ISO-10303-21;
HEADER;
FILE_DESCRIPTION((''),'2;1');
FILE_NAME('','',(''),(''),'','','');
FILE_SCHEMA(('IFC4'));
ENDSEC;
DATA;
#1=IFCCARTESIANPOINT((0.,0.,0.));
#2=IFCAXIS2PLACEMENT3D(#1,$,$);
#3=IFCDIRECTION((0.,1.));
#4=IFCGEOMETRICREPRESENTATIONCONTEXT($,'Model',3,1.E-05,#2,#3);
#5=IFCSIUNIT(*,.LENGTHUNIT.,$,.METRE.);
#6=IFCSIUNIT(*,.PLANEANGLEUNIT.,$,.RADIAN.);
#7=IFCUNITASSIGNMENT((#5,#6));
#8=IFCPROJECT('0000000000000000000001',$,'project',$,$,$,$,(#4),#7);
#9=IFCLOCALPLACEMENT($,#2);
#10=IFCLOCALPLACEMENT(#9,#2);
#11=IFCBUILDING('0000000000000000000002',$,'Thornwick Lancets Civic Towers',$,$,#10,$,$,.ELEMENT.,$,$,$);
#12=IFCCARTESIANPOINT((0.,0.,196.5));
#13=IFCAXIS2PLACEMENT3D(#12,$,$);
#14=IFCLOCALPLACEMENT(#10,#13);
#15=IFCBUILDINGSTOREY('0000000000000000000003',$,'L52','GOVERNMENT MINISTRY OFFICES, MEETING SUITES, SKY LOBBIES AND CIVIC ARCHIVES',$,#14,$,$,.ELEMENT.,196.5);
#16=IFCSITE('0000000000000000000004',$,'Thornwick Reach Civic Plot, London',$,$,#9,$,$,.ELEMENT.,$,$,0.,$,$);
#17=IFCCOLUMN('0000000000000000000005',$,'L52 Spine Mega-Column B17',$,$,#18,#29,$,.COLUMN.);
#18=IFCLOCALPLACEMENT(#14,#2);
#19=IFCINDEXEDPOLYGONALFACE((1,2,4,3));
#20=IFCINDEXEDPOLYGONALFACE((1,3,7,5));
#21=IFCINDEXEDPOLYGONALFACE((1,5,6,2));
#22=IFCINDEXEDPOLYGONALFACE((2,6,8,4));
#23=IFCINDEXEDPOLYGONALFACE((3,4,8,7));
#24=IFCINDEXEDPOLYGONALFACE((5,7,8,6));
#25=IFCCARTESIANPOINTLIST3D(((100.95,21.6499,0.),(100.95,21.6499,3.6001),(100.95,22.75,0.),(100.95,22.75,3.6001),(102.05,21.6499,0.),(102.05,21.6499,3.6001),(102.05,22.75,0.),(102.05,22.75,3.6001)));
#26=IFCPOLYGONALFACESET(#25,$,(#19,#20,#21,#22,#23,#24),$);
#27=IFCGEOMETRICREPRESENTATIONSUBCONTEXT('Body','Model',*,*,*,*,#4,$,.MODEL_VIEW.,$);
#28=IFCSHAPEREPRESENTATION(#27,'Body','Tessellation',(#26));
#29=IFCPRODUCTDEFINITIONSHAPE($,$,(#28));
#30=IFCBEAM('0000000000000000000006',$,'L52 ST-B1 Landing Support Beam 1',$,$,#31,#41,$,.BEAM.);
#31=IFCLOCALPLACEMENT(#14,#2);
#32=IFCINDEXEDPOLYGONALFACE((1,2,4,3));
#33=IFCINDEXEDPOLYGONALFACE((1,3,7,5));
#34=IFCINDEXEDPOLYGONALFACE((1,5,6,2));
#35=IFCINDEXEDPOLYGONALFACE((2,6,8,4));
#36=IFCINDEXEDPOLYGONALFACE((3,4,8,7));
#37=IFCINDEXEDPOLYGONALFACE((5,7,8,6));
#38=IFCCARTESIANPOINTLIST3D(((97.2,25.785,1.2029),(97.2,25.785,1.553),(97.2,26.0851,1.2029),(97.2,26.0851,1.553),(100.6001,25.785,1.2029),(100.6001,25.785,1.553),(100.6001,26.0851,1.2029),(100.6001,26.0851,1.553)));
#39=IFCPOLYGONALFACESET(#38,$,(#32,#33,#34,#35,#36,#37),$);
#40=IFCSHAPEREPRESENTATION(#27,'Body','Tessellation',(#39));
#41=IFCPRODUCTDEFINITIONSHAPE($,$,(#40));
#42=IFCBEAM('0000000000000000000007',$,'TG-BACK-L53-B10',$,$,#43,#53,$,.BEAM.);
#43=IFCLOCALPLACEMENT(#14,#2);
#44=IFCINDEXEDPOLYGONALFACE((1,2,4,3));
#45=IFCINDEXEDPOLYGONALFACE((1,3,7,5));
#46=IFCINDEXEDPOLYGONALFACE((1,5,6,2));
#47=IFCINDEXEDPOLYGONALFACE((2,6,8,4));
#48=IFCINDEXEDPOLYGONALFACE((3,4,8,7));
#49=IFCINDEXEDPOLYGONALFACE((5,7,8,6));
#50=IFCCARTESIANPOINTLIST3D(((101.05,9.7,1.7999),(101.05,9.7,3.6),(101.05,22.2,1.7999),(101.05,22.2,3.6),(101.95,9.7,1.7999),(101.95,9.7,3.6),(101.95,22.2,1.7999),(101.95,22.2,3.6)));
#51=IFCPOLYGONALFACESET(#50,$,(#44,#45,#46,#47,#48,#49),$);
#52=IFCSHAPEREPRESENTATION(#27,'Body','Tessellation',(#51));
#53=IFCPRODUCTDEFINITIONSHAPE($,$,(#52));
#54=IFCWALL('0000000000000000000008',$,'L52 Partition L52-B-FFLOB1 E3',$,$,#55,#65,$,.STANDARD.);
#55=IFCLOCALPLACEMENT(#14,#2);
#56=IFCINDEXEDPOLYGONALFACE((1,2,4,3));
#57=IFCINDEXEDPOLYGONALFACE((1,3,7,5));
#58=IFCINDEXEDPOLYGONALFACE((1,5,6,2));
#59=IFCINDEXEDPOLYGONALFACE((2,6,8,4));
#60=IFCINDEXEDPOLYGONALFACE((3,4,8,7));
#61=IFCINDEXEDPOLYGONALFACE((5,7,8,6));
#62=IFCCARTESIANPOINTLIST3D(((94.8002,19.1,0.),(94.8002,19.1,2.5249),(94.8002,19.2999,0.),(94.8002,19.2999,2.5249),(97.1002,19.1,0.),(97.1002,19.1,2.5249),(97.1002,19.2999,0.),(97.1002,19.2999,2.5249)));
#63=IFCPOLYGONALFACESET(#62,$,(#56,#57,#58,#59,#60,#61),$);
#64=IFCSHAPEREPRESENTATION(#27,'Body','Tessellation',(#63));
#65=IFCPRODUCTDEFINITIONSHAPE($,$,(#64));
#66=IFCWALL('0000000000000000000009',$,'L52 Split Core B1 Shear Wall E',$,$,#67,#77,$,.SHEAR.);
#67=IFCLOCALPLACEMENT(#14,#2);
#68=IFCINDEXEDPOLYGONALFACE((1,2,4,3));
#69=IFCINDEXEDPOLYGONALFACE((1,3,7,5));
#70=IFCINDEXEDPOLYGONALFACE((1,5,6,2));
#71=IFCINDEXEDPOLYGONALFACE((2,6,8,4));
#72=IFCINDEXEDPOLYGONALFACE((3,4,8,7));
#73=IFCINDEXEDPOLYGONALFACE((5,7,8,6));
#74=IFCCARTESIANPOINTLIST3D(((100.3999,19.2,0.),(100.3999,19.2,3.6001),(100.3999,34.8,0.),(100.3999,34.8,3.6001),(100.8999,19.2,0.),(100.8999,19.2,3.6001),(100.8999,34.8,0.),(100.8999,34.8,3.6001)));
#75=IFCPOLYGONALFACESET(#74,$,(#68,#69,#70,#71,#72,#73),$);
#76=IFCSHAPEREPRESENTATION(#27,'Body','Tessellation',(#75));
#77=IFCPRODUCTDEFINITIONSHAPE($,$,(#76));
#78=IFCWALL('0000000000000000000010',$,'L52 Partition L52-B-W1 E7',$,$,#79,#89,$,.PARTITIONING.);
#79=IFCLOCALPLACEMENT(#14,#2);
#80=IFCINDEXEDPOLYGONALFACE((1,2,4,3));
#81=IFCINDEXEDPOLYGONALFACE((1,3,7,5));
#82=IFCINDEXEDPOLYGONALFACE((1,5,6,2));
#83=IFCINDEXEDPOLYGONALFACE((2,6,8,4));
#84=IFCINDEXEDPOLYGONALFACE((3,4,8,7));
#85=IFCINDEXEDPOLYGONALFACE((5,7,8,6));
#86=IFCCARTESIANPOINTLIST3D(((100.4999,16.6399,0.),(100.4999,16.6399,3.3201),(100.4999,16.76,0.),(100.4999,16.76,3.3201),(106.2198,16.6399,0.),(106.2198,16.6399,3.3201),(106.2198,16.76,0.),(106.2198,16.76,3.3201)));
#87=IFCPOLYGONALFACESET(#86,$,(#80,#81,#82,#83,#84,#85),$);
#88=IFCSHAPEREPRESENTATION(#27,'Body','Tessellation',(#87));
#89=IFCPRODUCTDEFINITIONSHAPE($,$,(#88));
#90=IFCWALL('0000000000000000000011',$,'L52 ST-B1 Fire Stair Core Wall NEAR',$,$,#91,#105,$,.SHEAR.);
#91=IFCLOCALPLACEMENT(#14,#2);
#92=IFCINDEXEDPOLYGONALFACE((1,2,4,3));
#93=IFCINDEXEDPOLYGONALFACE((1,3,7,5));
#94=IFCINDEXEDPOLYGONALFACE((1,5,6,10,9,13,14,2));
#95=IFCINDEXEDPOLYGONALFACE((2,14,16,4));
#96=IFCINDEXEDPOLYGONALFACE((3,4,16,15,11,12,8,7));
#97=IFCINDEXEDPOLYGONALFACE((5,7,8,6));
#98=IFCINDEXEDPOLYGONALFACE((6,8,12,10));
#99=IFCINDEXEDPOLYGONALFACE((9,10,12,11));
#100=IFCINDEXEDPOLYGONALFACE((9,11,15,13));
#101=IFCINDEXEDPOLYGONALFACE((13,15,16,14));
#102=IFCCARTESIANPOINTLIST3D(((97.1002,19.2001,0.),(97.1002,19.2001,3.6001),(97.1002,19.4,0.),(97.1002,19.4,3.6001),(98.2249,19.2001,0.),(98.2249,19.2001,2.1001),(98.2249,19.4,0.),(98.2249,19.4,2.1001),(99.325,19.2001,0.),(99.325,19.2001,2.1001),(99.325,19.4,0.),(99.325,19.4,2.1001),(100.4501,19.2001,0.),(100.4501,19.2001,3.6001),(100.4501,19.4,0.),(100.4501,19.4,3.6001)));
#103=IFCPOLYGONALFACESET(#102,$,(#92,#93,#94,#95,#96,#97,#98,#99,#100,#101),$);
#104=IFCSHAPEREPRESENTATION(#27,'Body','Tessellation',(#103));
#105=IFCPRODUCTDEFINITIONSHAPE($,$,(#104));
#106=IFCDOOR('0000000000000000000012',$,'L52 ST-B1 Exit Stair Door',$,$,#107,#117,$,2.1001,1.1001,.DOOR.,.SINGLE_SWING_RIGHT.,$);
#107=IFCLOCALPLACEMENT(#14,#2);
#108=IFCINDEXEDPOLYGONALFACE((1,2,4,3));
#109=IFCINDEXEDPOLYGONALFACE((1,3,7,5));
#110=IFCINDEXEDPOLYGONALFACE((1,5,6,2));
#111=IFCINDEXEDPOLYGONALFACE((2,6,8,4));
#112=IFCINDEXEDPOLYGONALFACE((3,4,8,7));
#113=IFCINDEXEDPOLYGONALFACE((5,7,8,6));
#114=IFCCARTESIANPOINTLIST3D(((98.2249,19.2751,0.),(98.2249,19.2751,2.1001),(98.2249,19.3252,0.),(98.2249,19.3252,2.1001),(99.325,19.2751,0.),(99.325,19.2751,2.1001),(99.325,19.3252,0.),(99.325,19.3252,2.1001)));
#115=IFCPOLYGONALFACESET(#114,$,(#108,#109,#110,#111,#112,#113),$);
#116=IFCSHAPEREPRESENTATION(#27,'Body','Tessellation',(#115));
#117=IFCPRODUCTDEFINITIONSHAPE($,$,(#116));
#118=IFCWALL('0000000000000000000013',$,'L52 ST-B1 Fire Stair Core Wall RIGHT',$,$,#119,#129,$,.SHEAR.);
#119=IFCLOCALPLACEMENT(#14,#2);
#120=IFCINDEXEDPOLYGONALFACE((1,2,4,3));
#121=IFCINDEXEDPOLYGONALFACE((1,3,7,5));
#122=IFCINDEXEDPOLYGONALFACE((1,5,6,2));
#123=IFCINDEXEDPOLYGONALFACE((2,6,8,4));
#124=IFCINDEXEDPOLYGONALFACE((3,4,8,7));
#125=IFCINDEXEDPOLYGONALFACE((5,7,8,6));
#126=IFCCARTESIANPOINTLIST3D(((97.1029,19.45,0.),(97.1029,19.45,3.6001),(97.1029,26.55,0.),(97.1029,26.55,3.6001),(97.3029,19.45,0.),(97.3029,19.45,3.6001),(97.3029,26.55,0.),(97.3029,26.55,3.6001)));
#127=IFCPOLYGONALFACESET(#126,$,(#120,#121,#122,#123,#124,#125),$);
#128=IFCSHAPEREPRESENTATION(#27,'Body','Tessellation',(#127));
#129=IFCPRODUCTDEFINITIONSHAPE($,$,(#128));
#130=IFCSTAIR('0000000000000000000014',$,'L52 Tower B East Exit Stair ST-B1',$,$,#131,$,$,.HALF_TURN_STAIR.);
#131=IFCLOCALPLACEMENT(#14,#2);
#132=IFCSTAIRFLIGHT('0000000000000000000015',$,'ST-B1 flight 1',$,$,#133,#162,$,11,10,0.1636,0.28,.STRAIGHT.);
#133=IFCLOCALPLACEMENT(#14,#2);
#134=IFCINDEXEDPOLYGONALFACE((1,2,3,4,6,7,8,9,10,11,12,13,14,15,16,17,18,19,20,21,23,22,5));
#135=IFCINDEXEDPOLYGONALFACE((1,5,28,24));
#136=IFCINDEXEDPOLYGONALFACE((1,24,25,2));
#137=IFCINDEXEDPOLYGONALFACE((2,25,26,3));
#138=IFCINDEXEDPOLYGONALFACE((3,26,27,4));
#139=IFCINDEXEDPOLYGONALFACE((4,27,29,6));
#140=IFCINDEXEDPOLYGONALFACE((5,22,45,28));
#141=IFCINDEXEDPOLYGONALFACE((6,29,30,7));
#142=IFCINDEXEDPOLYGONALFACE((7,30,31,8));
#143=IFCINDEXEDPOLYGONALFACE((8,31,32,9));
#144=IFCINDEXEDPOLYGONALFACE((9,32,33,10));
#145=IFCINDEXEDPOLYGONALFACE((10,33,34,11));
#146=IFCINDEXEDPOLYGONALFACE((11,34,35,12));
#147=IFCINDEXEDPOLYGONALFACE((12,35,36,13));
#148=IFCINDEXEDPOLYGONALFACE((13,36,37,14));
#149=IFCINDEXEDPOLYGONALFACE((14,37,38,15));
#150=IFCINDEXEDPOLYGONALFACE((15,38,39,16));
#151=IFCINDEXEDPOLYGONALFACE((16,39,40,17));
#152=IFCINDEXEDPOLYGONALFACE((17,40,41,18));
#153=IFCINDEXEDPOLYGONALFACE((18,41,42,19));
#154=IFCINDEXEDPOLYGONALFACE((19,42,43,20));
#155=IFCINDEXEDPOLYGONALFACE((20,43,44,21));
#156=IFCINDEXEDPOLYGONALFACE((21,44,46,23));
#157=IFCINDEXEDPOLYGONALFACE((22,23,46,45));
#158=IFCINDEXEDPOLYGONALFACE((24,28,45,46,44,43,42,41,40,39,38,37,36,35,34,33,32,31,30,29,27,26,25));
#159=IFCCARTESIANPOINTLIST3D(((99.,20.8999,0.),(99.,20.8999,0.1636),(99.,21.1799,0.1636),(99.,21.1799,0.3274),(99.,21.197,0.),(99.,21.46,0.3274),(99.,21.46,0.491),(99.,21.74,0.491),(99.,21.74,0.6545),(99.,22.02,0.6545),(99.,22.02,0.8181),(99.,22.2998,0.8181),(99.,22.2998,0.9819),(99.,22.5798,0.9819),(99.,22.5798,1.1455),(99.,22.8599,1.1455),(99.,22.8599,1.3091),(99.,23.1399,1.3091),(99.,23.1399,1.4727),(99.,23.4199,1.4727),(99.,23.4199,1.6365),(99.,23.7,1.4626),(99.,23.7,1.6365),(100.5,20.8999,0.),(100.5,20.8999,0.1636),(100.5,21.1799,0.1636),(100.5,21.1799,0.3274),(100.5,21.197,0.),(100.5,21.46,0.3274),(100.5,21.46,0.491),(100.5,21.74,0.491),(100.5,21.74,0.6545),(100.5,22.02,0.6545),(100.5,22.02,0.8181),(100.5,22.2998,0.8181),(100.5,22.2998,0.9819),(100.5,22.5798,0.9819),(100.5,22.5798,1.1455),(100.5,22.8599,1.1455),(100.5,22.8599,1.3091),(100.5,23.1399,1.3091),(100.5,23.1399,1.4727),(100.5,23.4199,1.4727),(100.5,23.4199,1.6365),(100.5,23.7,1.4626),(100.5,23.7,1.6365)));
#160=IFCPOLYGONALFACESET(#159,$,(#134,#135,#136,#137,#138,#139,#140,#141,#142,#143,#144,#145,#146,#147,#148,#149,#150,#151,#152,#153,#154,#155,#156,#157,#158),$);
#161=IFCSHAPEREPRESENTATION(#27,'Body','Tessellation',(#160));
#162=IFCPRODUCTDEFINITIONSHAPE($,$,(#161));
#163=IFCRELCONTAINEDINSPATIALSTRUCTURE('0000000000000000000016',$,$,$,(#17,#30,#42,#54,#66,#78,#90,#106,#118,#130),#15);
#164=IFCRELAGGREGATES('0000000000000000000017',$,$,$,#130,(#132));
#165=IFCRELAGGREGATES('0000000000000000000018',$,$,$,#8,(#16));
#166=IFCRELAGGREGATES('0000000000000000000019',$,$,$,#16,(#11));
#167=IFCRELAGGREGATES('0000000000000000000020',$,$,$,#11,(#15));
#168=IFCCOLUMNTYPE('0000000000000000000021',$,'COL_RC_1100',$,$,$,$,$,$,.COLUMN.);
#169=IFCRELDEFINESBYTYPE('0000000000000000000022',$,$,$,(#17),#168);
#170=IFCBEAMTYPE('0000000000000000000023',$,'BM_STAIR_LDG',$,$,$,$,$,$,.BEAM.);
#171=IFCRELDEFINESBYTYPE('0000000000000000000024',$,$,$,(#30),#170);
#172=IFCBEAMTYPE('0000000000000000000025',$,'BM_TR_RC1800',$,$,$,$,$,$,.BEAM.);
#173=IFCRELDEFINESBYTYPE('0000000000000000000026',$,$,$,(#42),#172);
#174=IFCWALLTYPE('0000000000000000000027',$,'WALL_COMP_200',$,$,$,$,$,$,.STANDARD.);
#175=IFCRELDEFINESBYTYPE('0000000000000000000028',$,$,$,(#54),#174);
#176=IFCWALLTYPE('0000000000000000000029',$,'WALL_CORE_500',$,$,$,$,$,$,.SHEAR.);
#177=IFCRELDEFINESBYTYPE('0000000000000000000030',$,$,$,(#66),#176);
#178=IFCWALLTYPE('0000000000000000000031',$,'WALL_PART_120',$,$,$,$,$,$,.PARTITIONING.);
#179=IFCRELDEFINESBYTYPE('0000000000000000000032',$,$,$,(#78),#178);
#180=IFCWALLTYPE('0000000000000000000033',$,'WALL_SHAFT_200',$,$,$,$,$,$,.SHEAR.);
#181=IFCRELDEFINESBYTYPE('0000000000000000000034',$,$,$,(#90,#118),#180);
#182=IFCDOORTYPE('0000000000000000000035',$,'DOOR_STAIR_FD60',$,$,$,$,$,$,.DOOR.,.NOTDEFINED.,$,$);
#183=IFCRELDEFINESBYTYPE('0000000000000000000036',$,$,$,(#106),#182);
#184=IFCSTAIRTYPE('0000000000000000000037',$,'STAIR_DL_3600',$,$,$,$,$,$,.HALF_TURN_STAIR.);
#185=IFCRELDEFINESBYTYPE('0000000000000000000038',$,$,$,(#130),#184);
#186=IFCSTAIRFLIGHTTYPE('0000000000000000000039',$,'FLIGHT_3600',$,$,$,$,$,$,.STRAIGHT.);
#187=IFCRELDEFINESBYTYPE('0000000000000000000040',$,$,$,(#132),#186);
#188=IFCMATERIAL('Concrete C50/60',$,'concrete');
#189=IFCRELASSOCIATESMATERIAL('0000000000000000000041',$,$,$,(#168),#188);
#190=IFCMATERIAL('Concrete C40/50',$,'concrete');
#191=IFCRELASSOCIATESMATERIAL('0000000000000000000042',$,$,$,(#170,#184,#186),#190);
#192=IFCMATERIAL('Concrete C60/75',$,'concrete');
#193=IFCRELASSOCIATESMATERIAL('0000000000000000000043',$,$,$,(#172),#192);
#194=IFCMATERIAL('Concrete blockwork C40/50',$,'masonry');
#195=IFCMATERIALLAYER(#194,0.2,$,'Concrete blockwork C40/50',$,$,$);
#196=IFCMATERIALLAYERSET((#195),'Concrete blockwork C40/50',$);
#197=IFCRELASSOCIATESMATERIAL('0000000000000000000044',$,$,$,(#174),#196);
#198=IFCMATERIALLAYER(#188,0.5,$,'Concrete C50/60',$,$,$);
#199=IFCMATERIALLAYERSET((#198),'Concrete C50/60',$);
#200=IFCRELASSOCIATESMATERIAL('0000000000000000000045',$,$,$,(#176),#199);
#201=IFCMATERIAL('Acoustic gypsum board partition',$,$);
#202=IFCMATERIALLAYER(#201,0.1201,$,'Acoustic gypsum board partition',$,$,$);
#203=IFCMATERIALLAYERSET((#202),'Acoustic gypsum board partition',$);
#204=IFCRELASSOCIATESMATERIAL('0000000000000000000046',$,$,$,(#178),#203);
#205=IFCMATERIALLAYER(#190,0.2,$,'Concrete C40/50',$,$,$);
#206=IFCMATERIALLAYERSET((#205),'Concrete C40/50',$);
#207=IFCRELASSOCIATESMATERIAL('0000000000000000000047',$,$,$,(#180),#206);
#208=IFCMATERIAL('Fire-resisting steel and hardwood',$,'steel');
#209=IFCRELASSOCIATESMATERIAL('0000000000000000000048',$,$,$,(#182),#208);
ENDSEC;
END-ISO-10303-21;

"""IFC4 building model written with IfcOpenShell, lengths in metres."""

from ifc_helpers import new_model, si_unit, direction, frame, frame_2d, origin, origin_2d, place, context, subcontext, project, spatial, polyline, rectangle, outline, extrude, material, layer, layer_set, material_profile, profile_set, type_object, element, fill, aggregate, save


model = new_model("IFC4")

# Units and contexts
model_context = context("Model", 3, precision=1e-05, world=origin(), true_north=direction((0.0, 1.0)))
body_context = subcontext(model_context, "Body", "Model", "MODEL_VIEW")
ifc_project = project(units=[si_unit("LENGTHUNIT", "METRE"), si_unit("PLANEANGLEUNIT", "RADIAN")], contexts=[model_context])

# Site, building, storey
site_placement = place(None, origin())
site = spatial("IfcSite", under=ifc_project, at=site_placement, Name="Thornwick Reach Civic Plot, London", CompositionType="ELEMENT", RefElevation=0.0)
building_placement = place(site_placement, origin())
building = spatial("IfcBuilding", under=site, at=building_placement, Name="Thornwick Lancets Civic Towers", CompositionType="ELEMENT")
storey_placement = place(building_placement, frame((0.0, 0.0, 196.5)))
storey = spatial("IfcBuildingStorey", under=building, at=storey_placement, Name="L52", Description="GOVERNMENT MINISTRY OFFICES, MEETING SUITES, SKY LOBBIES AND CIVIC ARCHIVES", CompositionType="ELEMENT", Elevation=196.5)

# Column
ifc_material_1 = material(Name="Concrete C50/60", Category="concrete")
ifc_material_profile_1 = material_profile(ifc_material_1, rectangle(XDim=1.1001, YDim=1.1001, at=origin_2d()), Name="RC 1100x1100")
ifc_profile_set_1 = profile_set([ifc_material_profile_1], Name="Concrete C50/60")
column_type = type_object("IfcColumnType", Name="COL_RC_1100", PredefinedType="COLUMN", material=ifc_profile_set_1)
column_placement = place(storey_placement, frame((101.5, 22.2, 0.0), z_axis=(0.0, 0.0, 1.0), x_axis=(1.0, 0.0, 0.0)))
element("IfcColumn", 1, at=column_placement, inside=storey, type_object=column_type, Name="L52 Spine Mega-Column B17", PredefinedType="COLUMN", context=body_context, shape_type="SweptSolid", body=[
    extrude(rectangle(XDim=1.1001, YDim=1.1001, at=origin_2d()), origin(), (0.0, 0.0, 1.0), 3.6001),
])

# Beams
ifc_material_2 = material(Name="Concrete C40/50", Category="concrete")
ifc_material_profile_2 = material_profile(ifc_material_2, rectangle(XDim=0.3, YDim=0.3501, at=origin_2d()), Name="RC 300x350")
ifc_profile_set_2 = profile_set([ifc_material_profile_2], Name="Concrete C40/50")
beam_type_1 = type_object("IfcBeamType", Name="BM_STAIR_LDG", PredefinedType="BEAM", material=ifc_profile_set_2)
beam_1_placement = place(storey_placement, frame((100.6001, 25.9351, 1.3779), z_axis=(-1.0, 0.0, 0.0), x_axis=(0.0, -1.0, 0.0)))
element("IfcBeam", 2, at=beam_1_placement, inside=storey, type_object=beam_type_1, Name="L52 ST-B1 Landing Support Beam 1", PredefinedType="BEAM", context=body_context, shape_type="SweptSolid", body=[
    extrude(rectangle(XDim=0.3, YDim=0.3501, at=origin_2d()), origin(), (0.0, 0.0, 1.0), 3.4001),
])
ifc_material_3 = material(Name="Concrete C60/75", Category="concrete")
ifc_material_profile_3 = material_profile(ifc_material_3, rectangle(XDim=0.8999, YDim=1.8, at=origin_2d()), Name="RC 900x1800")
ifc_profile_set_3 = profile_set([ifc_material_profile_3], Name="Concrete C60/75")
beam_type_2 = type_object("IfcBeamType", Name="BM_TR_RC1800", PredefinedType="BEAM", material=ifc_profile_set_3)
beam_2_placement = place(storey_placement, frame((101.5, 22.2, 2.7), z_axis=(0.0, -1.0, 0.0), x_axis=(1.0, 0.0, 0.0)))
element("IfcBeam", 3, at=beam_2_placement, inside=storey, type_object=beam_type_2, Name="TG-BACK-L53-B10", PredefinedType="BEAM", context=body_context, shape_type="SweptSolid", body=[
    extrude(rectangle(XDim=0.8999, YDim=1.8, at=origin_2d()), origin(), (0.0, 0.0, 1.0), 12.5),
])

# Walls
ifc_material_4 = material(Name="Concrete blockwork C40/50", Category="masonry")
ifc_layer_1 = layer(ifc_material_4, 0.2, Name="Concrete blockwork C40/50")
ifc_layer_set_1 = layer_set([ifc_layer_1], Name="Concrete blockwork C40/50")
wall_type_1 = type_object("IfcWallType", Name="WALL_COMP_200", PredefinedType="STANDARD", material=ifc_layer_set_1)
wall_1_placement = place(storey_placement, frame((97.1001, 19.2, 0.0), z_axis=(0.0, 0.0, 1.0), x_axis=(-1.0, 0.0, 0.0)))
element("IfcWall", 4, at=wall_1_placement, inside=storey, type_object=wall_type_1, Name="L52 Partition L52-B-FFLOB1 E3", PredefinedType="STANDARD", context=body_context, shape_type="SweptSolid", body=[
    extrude(rectangle(XDim=2.3, YDim=0.2, at=frame_2d((1.1499, 0.0))), origin(), (0.0, 0.0, 1.0), 2.5249),
])
ifc_layer_2 = layer(ifc_material_1, 0.5, Name="Concrete C50/60")
ifc_layer_set_2 = layer_set([ifc_layer_2], Name="Concrete C50/60")
wall_type_2 = type_object("IfcWallType", Name="WALL_CORE_500", PredefinedType="SHEAR", material=ifc_layer_set_2)
wall_2_placement = place(storey_placement, frame((100.6499, 19.2, 0.0), z_axis=(0.0, 0.0, 1.0), x_axis=(0.0, 1.0, 0.0)))
element("IfcWall", 5, at=wall_2_placement, inside=storey, type_object=wall_type_2, Name="L52 Split Core B1 Shear Wall E", PredefinedType="SHEAR", context=body_context, shape_type="SweptSolid", body=[
    extrude(rectangle(XDim=15.6001, YDim=0.5, at=frame_2d((7.8, 0.0))), origin(), (0.0, 0.0, 1.0), 3.6001),
])
ifc_material_5 = material(Name="Acoustic gypsum board partition")
ifc_layer_3 = layer(ifc_material_5, 0.1201, Name="Acoustic gypsum board partition")
ifc_layer_set_3 = layer_set([ifc_layer_3], Name="Acoustic gypsum board partition")
wall_type_3 = type_object("IfcWallType", Name="WALL_PART_120", PredefinedType="PARTITIONING", material=ifc_layer_set_3)
wall_3_placement = place(storey_placement, frame((100.5, 16.7, 0.0), z_axis=(0.0, 0.0, 1.0), x_axis=(1.0, 0.0, 0.0)))
element("IfcWall", 6, at=wall_3_placement, inside=storey, type_object=wall_type_3, Name="L52 Partition L52-B-W1 E7", PredefinedType="PARTITIONING", context=body_context, shape_type="SweptSolid", body=[
    extrude(rectangle(XDim=5.72, YDim=0.1201, at=frame_2d((2.8599, 0.0))), origin(), (0.0, 0.0, 1.0), 3.3201),
])

# Wall, opening, door
ifc_layer_4 = layer(ifc_material_2, 0.2, Name="Concrete C40/50")
ifc_layer_set_4 = layer_set([ifc_layer_4], Name="Concrete C40/50")
wall_type_4 = type_object("IfcWallType", Name="WALL_SHAFT_200", PredefinedType="SHEAR", material=ifc_layer_set_4)
wall_4_placement = place(storey_placement, frame((100.45, 19.3, 0.0), z_axis=(0.0, 0.0, 1.0), x_axis=(-1.0, 0.0, 0.0)))
wall_4 = element("IfcWall", 7, at=wall_4_placement, inside=storey, type_object=wall_type_4, Name="L52 ST-B1 Fire Stair Core Wall NEAR", PredefinedType="SHEAR", context=body_context, shape_type="SweptSolid", body=[
    extrude(rectangle(XDim=3.3499, YDim=0.2, at=frame_2d((1.6748, 0.0))), origin(), (0.0, 0.0, 1.0), 3.6001),
])
opening_placement = place(wall_4_placement, frame((1.125, 0.0, 0.0)))
opening = element("IfcOpeningElement", 8, at=opening_placement, cuts=wall_4, PredefinedType="OPENING", context=body_context, shape_type="SweptSolid", body=[
    extrude(rectangle(XDim=1.1001, YDim=2.1001, at=frame_2d((0.55, 1.05))), frame((0.0, 0.1099, 0.0), z_axis=(0.0, -1.0, 0.0), x_axis=(1.0, 0.0, 0.0)), (0.0, 0.0, 1.0), 0.22),
])
ifc_material_6 = material(Name="Fire-resisting steel and hardwood", Category="steel")
door_type = type_object("IfcDoorType", Name="DOOR_STAIR_FD60", OperationType="NOTDEFINED", PredefinedType="DOOR", material=ifc_material_6)
door_placement = place(opening_placement, origin())
door = element("IfcDoor", 9, at=door_placement, inside=storey, type_object=door_type, Name="L52 ST-B1 Exit Stair Door", OperationType="SINGLE_SWING_RIGHT", OverallHeight=2.1001, OverallWidth=1.1001, PredefinedType="DOOR", context=body_context, shape_type="SweptSolid", body=[
    extrude(rectangle(XDim=1.1001, YDim=2.1001, at=frame_2d((0.55, 1.05))), frame((0.0, 0.0249, 0.0), z_axis=(0.0, -1.0, 0.0), x_axis=(1.0, 0.0, 0.0)), (0.0, 0.0, 1.0), 0.05),
])
fill(opening, door)

# Wall
wall_5_placement = place(storey_placement, frame((97.2029, 26.55, 0.0), z_axis=(0.0, 0.0, 1.0), x_axis=(0.0, -1.0, 0.0)))
element("IfcWall", 10, at=wall_5_placement, inside=storey, type_object=wall_type_4, Name="L52 ST-B1 Fire Stair Core Wall RIGHT", PredefinedType="SHEAR", context=body_context, shape_type="SweptSolid", body=[
    extrude(rectangle(XDim=7.1001, YDim=0.2, at=frame_2d((3.55, 0.0))), origin(), (0.0, 0.0, 1.0), 3.6001),
])

# Stair, stair flight
stair_type = type_object("IfcStairType", Name="STAIR_DL_3600", PredefinedType="HALF_TURN_STAIR", material=ifc_material_2)
stair_placement = place(storey_placement, origin())
stair = element("IfcStair", 11, at=stair_placement, inside=storey, type_object=stair_type, Name="L52 Tower B East Exit Stair ST-B1", PredefinedType="HALF_TURN_STAIR")
stair_flight_type = type_object("IfcStairFlightType", Name="FLIGHT_3600", PredefinedType="STRAIGHT", material=ifc_material_2)
stair_flight_1_placement = place(storey_placement, frame((99.75, 20.8999, 0.0), z_axis=(0.0, 0.0, 1.0), x_axis=(0.0, 1.0, 0.0)))
stair_flight_1 = element("IfcStairFlight", 12, at=stair_flight_1_placement, type_object=stair_flight_type, Name="ST-B1 flight 1", NumberOfRisers=11, NumberOfTreads=10, PredefinedType="STRAIGHT", RiserHeight=0.1636, TreadLength=0.28, context=body_context, shape_type="SweptSolid", body=[
    extrude(outline(polyline([(0.0, 0.0), (0.0, 0.1636), (0.28, 0.1636), (0.28, 0.3274), (0.5601, 0.3274), (0.5601, 0.491), (0.8401, 0.491), (0.8401, 0.6545), (1.1201, 0.6545), (1.1201, 0.8181), (1.3999, 0.8181), (1.3999, 0.9819), (1.6799, 0.9819), (1.6799, 1.1455), (1.96, 1.1455), (1.96, 1.3091), (2.24, 1.3091), (2.24, 1.4727), (2.52, 1.4727), (2.52, 1.6365), (2.8, 1.6365), (2.8, 1.8), (2.8, 1.4626), (0.2971, 0.0), (0.0, 0.0)])), frame((0.0, 0.75, 0.0), z_axis=(0.0, -1.0, 0.0), x_axis=(1.0, 0.0, 0.0)), (0.0, 0.0, 1.0), 1.5),
])
aggregate(stair, [stair_flight_1])

save(model, "model.ifc")
